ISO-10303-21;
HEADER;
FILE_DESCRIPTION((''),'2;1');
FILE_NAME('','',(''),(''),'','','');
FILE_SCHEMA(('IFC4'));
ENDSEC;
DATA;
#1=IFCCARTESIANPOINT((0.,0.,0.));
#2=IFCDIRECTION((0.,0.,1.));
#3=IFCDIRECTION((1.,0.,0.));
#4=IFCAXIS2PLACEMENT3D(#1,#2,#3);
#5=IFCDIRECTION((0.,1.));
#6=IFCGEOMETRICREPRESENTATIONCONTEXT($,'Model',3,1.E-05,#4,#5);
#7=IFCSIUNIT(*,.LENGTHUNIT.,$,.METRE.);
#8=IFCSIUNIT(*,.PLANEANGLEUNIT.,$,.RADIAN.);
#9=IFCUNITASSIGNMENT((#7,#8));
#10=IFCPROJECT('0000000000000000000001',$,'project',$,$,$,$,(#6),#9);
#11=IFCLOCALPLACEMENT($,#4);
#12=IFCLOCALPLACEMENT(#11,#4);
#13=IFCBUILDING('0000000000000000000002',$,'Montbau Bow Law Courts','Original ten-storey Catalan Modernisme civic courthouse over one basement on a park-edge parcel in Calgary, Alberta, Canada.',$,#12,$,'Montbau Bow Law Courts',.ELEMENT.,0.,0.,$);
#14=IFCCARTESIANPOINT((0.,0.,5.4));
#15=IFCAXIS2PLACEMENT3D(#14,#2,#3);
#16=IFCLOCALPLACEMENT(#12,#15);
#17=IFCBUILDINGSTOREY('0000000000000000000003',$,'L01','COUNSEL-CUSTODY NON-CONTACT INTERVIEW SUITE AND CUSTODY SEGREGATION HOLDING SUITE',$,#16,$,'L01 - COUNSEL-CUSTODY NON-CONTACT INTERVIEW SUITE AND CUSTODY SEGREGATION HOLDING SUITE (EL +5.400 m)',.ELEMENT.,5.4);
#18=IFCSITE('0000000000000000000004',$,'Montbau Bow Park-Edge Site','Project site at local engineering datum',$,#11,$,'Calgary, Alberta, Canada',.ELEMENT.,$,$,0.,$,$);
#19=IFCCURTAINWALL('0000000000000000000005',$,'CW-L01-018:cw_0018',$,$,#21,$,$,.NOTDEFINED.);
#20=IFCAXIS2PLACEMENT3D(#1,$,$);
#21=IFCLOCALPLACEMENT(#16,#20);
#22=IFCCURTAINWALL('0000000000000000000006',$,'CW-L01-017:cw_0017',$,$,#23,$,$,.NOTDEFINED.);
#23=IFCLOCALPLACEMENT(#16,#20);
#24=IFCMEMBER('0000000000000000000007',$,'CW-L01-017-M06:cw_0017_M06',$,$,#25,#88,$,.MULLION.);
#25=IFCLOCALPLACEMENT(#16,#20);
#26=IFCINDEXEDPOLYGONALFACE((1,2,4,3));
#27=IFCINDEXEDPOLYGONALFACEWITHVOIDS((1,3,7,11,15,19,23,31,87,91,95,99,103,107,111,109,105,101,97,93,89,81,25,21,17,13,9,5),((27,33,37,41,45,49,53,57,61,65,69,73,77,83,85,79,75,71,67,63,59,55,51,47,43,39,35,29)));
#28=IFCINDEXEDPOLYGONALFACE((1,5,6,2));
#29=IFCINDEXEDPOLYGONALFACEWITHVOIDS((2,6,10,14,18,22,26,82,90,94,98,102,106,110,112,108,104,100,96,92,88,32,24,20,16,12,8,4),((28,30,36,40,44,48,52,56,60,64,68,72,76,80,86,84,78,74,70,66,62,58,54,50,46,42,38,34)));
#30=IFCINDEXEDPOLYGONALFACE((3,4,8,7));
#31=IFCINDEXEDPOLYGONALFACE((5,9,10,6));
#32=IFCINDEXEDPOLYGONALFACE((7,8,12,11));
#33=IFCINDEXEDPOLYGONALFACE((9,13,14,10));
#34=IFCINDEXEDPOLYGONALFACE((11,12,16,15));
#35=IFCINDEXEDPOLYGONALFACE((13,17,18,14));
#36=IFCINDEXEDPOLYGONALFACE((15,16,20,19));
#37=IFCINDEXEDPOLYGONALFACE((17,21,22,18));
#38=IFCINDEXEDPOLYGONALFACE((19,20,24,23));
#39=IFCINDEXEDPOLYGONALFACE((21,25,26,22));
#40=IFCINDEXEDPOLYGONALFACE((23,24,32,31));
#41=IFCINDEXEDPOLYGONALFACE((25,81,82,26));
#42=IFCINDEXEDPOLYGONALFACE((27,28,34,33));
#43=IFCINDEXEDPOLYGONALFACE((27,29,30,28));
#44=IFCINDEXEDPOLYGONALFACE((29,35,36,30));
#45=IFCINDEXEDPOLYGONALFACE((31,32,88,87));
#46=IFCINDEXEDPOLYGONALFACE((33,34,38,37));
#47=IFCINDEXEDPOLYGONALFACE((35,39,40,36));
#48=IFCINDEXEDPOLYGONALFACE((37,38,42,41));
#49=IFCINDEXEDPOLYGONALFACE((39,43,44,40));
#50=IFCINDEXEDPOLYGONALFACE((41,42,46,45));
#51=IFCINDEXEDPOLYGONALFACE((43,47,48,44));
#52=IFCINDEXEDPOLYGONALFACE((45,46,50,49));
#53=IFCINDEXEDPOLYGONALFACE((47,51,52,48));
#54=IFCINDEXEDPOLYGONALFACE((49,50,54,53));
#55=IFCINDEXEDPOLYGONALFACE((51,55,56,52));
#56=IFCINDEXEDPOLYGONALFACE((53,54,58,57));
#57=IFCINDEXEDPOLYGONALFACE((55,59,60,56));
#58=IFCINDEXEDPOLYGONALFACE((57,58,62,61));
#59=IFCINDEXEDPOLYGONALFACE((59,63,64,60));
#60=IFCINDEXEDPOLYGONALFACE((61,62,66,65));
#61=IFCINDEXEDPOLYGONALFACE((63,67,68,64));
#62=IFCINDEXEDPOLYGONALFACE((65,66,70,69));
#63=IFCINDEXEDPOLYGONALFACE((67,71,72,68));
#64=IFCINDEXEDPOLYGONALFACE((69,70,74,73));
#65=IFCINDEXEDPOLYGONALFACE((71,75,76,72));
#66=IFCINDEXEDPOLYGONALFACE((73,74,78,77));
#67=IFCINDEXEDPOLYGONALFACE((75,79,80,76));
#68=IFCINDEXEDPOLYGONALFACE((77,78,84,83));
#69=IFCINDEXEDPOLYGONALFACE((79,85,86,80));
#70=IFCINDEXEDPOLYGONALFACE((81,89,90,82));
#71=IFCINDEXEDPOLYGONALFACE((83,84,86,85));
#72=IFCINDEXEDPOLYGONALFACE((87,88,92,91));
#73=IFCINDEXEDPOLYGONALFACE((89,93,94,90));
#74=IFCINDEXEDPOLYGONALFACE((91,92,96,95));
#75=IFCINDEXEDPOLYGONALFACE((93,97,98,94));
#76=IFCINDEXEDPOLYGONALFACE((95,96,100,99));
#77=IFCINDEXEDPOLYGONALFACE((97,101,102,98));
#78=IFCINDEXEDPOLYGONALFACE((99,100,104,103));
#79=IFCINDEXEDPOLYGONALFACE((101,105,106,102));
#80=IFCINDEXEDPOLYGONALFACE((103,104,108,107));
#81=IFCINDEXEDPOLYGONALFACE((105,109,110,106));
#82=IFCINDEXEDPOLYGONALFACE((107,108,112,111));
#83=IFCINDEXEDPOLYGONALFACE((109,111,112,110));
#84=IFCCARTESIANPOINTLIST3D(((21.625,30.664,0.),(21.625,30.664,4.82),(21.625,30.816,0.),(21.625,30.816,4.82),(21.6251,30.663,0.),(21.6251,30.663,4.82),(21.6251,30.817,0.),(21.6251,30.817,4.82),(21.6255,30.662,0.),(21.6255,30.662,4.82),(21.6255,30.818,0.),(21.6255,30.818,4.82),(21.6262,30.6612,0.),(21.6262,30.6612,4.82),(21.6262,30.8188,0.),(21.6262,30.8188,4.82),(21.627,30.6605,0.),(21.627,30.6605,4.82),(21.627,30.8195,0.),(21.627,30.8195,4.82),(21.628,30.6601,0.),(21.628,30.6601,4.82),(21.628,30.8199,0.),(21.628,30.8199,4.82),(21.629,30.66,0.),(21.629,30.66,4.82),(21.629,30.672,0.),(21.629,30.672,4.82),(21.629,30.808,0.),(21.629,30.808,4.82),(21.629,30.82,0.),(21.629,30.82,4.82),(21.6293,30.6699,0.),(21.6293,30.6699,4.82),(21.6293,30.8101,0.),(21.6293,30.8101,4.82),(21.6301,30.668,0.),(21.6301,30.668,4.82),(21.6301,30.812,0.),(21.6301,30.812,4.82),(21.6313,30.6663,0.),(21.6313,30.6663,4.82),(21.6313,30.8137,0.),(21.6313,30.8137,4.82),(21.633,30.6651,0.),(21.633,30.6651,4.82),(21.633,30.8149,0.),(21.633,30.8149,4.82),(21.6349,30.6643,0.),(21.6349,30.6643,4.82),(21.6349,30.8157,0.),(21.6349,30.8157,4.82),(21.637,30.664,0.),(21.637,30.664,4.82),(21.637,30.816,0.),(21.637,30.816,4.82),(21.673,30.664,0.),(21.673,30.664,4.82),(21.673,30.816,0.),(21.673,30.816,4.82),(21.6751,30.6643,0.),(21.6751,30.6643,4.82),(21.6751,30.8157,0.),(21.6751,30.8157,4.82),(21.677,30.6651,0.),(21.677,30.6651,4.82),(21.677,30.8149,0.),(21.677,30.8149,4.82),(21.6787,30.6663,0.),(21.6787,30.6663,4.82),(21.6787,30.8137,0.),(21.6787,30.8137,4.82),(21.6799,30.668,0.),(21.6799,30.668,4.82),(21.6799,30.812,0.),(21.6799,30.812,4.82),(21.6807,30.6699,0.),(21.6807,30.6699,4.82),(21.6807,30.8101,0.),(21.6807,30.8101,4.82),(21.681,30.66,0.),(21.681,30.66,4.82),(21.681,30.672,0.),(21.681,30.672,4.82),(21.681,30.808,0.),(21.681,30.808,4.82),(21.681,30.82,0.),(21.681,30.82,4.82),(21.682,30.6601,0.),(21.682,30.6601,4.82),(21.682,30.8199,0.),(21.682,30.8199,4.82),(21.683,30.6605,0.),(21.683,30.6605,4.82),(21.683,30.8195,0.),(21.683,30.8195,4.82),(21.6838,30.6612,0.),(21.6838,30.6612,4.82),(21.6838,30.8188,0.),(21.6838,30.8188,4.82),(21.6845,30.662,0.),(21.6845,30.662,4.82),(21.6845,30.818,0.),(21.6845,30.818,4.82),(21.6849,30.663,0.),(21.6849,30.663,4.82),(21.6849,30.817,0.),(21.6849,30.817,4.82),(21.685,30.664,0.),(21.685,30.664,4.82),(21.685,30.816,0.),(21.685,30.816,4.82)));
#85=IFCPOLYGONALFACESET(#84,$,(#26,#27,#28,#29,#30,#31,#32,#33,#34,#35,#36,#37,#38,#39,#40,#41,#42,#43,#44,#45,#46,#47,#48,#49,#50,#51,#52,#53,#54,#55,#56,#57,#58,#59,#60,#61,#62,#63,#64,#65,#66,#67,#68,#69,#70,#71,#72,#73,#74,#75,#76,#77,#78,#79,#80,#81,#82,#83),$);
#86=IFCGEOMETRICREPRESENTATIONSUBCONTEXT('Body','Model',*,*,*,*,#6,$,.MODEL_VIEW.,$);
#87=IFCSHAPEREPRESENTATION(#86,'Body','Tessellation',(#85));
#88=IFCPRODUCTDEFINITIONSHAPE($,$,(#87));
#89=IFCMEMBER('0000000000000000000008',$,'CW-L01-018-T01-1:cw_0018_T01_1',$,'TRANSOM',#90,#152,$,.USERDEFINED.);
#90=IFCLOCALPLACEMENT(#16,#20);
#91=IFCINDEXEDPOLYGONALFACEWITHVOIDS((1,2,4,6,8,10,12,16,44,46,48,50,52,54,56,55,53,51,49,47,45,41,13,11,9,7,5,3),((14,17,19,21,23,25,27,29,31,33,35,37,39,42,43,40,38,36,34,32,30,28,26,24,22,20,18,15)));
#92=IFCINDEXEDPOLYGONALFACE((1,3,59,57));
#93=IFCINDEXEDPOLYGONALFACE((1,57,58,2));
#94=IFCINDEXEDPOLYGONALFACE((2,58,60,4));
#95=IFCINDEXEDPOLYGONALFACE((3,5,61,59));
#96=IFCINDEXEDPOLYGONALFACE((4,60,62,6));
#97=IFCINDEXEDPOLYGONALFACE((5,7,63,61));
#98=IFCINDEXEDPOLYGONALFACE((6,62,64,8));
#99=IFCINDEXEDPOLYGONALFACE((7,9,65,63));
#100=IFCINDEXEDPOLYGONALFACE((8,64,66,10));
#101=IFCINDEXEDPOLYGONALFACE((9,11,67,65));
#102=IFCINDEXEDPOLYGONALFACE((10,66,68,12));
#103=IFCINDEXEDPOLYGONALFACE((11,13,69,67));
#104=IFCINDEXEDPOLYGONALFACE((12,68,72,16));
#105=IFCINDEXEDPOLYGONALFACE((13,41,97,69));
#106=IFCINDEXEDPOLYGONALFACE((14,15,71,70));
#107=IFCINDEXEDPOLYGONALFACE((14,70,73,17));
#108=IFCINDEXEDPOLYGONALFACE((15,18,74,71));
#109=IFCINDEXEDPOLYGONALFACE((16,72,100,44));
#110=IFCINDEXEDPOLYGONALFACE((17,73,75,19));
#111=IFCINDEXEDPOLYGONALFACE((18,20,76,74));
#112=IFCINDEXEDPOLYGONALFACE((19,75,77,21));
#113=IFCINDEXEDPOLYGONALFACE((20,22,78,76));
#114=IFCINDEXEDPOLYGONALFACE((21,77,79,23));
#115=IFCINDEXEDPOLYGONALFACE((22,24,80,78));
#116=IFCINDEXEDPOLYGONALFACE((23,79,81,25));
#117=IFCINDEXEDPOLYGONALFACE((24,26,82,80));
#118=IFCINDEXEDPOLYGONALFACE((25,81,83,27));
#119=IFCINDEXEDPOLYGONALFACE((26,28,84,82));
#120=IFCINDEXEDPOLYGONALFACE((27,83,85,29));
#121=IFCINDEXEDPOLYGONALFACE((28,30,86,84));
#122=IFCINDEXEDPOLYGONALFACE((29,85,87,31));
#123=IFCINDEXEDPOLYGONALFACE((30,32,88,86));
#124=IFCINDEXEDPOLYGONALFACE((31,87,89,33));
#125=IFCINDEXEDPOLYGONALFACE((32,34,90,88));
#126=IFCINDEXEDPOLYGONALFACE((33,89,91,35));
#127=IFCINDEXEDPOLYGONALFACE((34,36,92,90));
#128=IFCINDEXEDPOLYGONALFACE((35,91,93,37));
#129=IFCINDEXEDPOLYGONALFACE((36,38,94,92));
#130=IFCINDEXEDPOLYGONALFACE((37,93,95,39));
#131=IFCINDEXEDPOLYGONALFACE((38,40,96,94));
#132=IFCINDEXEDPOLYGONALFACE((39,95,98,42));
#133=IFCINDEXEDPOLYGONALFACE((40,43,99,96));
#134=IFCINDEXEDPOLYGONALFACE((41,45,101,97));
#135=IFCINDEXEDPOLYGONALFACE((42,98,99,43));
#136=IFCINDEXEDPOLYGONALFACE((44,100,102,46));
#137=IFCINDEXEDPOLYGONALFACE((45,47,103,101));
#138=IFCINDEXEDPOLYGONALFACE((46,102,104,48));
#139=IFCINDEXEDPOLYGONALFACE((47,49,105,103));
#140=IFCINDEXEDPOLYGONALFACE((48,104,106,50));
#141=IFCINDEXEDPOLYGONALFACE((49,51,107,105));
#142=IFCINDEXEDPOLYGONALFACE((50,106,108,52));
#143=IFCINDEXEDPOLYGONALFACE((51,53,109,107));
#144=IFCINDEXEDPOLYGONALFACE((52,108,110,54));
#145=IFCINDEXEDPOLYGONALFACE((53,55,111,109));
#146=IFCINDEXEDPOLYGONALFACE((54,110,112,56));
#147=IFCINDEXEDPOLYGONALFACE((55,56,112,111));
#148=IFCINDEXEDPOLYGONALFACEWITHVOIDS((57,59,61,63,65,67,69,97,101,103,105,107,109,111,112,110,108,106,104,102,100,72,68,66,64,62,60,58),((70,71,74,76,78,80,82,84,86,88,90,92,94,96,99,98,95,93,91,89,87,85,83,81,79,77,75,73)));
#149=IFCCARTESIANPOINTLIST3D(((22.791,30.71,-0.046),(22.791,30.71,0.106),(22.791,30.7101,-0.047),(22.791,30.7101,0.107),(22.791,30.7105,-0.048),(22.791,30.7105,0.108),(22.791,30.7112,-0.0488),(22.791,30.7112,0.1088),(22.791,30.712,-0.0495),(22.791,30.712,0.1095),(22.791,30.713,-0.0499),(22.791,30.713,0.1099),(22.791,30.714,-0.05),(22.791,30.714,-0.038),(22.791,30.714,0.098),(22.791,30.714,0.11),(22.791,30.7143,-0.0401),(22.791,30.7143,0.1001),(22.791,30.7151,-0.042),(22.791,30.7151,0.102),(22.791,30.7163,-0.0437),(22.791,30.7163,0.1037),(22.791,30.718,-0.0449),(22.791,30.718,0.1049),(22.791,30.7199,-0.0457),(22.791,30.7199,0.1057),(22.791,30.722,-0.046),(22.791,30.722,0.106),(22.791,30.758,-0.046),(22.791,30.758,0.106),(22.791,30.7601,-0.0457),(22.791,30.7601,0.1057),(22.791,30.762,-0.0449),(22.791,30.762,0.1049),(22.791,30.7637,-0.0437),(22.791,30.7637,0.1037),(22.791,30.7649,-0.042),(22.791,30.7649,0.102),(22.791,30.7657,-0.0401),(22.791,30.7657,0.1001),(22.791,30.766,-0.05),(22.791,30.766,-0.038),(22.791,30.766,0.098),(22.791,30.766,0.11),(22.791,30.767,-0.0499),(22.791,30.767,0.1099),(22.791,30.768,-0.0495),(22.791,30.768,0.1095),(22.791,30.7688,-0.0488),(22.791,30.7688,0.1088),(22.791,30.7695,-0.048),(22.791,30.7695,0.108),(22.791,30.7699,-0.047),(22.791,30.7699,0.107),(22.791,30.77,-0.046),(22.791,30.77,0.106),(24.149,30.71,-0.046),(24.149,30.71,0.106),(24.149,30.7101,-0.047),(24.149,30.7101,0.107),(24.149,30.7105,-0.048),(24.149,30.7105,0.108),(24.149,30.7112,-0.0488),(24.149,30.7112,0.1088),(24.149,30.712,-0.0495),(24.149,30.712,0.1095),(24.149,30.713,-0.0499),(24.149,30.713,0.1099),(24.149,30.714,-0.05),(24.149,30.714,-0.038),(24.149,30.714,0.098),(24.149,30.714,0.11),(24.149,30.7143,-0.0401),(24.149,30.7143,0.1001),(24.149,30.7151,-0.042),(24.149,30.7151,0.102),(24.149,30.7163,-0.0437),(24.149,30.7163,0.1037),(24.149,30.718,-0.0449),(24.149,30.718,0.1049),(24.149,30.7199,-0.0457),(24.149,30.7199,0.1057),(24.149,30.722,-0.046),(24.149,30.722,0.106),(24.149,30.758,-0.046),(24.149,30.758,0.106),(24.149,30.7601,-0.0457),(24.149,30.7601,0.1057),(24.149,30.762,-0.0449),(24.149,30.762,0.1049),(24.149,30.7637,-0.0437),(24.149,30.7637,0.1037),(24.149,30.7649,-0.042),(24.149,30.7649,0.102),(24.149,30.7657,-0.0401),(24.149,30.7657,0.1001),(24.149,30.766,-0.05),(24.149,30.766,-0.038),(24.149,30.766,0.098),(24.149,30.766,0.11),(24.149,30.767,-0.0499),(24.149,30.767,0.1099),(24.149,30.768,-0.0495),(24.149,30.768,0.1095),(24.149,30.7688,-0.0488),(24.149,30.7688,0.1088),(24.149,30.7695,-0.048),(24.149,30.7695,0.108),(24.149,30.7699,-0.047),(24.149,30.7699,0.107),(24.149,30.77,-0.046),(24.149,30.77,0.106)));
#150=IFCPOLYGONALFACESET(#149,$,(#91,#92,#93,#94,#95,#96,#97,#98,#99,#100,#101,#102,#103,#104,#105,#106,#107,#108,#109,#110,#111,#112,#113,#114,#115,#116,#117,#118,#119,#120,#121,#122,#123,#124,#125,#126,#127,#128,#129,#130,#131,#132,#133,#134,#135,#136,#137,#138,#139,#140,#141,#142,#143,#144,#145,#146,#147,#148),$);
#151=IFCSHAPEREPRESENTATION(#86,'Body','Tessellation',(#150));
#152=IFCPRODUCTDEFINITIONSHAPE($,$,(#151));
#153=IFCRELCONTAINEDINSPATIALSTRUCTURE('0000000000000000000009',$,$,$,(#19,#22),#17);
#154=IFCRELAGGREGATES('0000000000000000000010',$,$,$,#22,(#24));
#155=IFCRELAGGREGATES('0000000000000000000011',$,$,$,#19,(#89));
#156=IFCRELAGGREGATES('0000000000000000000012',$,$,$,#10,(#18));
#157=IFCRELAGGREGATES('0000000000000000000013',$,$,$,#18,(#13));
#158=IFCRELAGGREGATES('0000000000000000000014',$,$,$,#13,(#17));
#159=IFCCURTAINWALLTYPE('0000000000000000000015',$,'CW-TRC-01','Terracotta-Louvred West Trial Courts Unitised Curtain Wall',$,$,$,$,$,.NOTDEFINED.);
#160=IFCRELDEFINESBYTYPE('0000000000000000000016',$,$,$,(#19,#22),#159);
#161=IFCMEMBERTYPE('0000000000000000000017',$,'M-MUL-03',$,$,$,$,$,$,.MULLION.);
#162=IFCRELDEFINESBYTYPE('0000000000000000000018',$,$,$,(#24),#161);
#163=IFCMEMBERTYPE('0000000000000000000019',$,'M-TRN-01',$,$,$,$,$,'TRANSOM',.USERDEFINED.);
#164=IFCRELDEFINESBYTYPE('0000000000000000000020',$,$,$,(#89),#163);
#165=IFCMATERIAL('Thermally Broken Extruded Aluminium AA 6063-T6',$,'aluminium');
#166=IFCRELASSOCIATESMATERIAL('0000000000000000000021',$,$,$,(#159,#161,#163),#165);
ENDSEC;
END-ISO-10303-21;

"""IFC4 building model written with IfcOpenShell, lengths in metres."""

from ifc_helpers import new_model, si_unit, direction, frame, origin_with_axes, origin_2d_with_axis, place, context, subcontext, project, spatial, hollow_rectangle, extrude, material, material_profile, profile_set, type_object, element, aggregate, save


model = new_model("IFC4")

# Units and contexts
model_context = context("Model", 3, precision=1e-05, world=origin_with_axes(), true_north=direction((0.0, 1.0)))
body_context = subcontext(model_context, "Body", "Model", "MODEL_VIEW")
ifc_project = project(units=[si_unit("LENGTHUNIT", "METRE"), si_unit("PLANEANGLEUNIT", "RADIAN")], contexts=[model_context])

# Site, building, storey
site_placement = place(None, origin_with_axes())
site = spatial("IfcSite", under=ifc_project, at=site_placement, Name="Montbau Bow Park-Edge Site", Description="Project site at local engineering datum", LongName="Calgary, Alberta, Canada", CompositionType="ELEMENT", RefElevation=0.0)
building_placement = place(site_placement, origin_with_axes())
building = spatial("IfcBuilding", under=site, at=building_placement, Name="Montbau Bow Law Courts", Description="Original ten-storey Catalan Modernisme civic courthouse over one basement on a park-edge parcel in Calgary, Alberta, Canada.", LongName="Montbau Bow Law Courts", CompositionType="ELEMENT", ElevationOfRefHeight=0.0, ElevationOfTerrain=0.0)
storey_placement = place(building_placement, frame((0.0, 0.0, 5.4), z_axis=(0.0, 0.0, 1.0), x_axis=(1.0, 0.0, 0.0)))
storey = spatial("IfcBuildingStorey", under=building, at=storey_placement, Name="L01", Description="COUNSEL-CUSTODY NON-CONTACT INTERVIEW SUITE AND CUSTODY SEGREGATION HOLDING SUITE", LongName="L01 - COUNSEL-CUSTODY NON-CONTACT INTERVIEW SUITE AND CUSTODY SEGREGATION HOLDING SUITE (EL +5.400 m)", CompositionType="ELEMENT", Elevation=5.4)

# Curtain walls, member
ifc_material_1 = material(Name="Thermally Broken Extruded Aluminium AA 6063-T6", Category="aluminium")
curtain_wall_type = type_object("IfcCurtainWallType", Name="CW-TRC-01", Description="Terracotta-Louvred West Trial Courts Unitised Curtain Wall", PredefinedType="NOTDEFINED", material=ifc_material_1)
curtain_wall_1_placement = place(None, frame((22.715, 30.74, 5.4), z_axis=(0.0, 0.0, 1.0), x_axis=(1.0, 0.0, 0.0)))
curtain_wall_1 = element("IfcCurtainWall", 1, at=curtain_wall_1_placement, inside=storey, type_object=curtain_wall_type, Name="CW-L01-018:cw_0018", PredefinedType="NOTDEFINED")
curtain_wall_2_placement = place(None, frame((14.068, 30.74, 5.4), z_axis=(0.0, 0.0, 1.0), x_axis=(1.0, 0.0, 0.0)))
curtain_wall_2 = element("IfcCurtainWall", 2, at=curtain_wall_2_placement, inside=storey, type_object=curtain_wall_type, Name="CW-L01-017:cw_0017", PredefinedType="NOTDEFINED")
ifc_material_profile_1 = material_profile(ifc_material_1, hollow_rectangle(XDim=0.06, YDim=0.16, WallThickness=0.004, InnerFilletRadius=0.008, OuterFilletRadius=0.004, at=origin_2d_with_axis()), Name="CWM-160X60", Category="Main", Priority=0)
ifc_profile_set_1 = profile_set([ifc_material_profile_1], Name="Thermally Broken Extruded Aluminium AA 6063-T6")
member_type_1 = type_object("IfcMemberType", Name="M-MUL-03", PredefinedType="MULLION", material=ifc_profile_set_1)
member_1_placement = place(None, frame((21.655, 30.74, 5.4), z_axis=(0.0, 0.0, 1.0), x_axis=(1.0, 0.0, 0.0)))
member_1 = element("IfcMember", 3, at=member_1_placement, type_object=member_type_1, Name="CW-L01-017-M06:cw_0017_M06", PredefinedType="MULLION", context=body_context, shape_type="SweptSolid", body=[
    extrude(hollow_rectangle(XDim=0.06, YDim=0.16, WallThickness=0.004, InnerFilletRadius=0.008, OuterFilletRadius=0.004, at=origin_2d_with_axis()), origin_with_axes(), (0.0, 0.0, 1.0), 4.82),
])

# Member
ifc_material_profile_2 = material_profile(ifc_material_1, hollow_rectangle(XDim=0.06, YDim=0.16, WallThickness=0.004, InnerFilletRadius=0.008, OuterFilletRadius=0.004, at=origin_2d_with_axis()), Name="CWT-160X60", Category="Main", Priority=0)
ifc_profile_set_2 = profile_set([ifc_material_profile_2], Name="Thermally Broken Extruded Aluminium AA 6063-T6")
member_type_2 = type_object("IfcMemberType", Name="M-TRN-01", ElementType="TRANSOM", PredefinedType="USERDEFINED", material=ifc_profile_set_2)
member_2_placement = place(None, frame((22.791, 30.74, 5.43), z_axis=(1.0, 0.0, 0.0), x_axis=(0.0, 1.0, 0.0)))
member_2 = element("IfcMember", 4, at=member_2_placement, type_object=member_type_2, Name="CW-L01-018-T01-1:cw_0018_T01_1", ObjectType="TRANSOM", PredefinedType="USERDEFINED", context=body_context, shape_type="SweptSolid", body=[
    extrude(hollow_rectangle(XDim=0.06, YDim=0.16, WallThickness=0.004, InnerFilletRadius=0.008, OuterFilletRadius=0.004, at=origin_2d_with_axis()), origin_with_axes(), (0.0, 0.0, 1.0), 1.358),
])

aggregate(curtain_wall_2, [member_1])
aggregate(curtain_wall_1, [member_2])

save(model, "model.ifc")
